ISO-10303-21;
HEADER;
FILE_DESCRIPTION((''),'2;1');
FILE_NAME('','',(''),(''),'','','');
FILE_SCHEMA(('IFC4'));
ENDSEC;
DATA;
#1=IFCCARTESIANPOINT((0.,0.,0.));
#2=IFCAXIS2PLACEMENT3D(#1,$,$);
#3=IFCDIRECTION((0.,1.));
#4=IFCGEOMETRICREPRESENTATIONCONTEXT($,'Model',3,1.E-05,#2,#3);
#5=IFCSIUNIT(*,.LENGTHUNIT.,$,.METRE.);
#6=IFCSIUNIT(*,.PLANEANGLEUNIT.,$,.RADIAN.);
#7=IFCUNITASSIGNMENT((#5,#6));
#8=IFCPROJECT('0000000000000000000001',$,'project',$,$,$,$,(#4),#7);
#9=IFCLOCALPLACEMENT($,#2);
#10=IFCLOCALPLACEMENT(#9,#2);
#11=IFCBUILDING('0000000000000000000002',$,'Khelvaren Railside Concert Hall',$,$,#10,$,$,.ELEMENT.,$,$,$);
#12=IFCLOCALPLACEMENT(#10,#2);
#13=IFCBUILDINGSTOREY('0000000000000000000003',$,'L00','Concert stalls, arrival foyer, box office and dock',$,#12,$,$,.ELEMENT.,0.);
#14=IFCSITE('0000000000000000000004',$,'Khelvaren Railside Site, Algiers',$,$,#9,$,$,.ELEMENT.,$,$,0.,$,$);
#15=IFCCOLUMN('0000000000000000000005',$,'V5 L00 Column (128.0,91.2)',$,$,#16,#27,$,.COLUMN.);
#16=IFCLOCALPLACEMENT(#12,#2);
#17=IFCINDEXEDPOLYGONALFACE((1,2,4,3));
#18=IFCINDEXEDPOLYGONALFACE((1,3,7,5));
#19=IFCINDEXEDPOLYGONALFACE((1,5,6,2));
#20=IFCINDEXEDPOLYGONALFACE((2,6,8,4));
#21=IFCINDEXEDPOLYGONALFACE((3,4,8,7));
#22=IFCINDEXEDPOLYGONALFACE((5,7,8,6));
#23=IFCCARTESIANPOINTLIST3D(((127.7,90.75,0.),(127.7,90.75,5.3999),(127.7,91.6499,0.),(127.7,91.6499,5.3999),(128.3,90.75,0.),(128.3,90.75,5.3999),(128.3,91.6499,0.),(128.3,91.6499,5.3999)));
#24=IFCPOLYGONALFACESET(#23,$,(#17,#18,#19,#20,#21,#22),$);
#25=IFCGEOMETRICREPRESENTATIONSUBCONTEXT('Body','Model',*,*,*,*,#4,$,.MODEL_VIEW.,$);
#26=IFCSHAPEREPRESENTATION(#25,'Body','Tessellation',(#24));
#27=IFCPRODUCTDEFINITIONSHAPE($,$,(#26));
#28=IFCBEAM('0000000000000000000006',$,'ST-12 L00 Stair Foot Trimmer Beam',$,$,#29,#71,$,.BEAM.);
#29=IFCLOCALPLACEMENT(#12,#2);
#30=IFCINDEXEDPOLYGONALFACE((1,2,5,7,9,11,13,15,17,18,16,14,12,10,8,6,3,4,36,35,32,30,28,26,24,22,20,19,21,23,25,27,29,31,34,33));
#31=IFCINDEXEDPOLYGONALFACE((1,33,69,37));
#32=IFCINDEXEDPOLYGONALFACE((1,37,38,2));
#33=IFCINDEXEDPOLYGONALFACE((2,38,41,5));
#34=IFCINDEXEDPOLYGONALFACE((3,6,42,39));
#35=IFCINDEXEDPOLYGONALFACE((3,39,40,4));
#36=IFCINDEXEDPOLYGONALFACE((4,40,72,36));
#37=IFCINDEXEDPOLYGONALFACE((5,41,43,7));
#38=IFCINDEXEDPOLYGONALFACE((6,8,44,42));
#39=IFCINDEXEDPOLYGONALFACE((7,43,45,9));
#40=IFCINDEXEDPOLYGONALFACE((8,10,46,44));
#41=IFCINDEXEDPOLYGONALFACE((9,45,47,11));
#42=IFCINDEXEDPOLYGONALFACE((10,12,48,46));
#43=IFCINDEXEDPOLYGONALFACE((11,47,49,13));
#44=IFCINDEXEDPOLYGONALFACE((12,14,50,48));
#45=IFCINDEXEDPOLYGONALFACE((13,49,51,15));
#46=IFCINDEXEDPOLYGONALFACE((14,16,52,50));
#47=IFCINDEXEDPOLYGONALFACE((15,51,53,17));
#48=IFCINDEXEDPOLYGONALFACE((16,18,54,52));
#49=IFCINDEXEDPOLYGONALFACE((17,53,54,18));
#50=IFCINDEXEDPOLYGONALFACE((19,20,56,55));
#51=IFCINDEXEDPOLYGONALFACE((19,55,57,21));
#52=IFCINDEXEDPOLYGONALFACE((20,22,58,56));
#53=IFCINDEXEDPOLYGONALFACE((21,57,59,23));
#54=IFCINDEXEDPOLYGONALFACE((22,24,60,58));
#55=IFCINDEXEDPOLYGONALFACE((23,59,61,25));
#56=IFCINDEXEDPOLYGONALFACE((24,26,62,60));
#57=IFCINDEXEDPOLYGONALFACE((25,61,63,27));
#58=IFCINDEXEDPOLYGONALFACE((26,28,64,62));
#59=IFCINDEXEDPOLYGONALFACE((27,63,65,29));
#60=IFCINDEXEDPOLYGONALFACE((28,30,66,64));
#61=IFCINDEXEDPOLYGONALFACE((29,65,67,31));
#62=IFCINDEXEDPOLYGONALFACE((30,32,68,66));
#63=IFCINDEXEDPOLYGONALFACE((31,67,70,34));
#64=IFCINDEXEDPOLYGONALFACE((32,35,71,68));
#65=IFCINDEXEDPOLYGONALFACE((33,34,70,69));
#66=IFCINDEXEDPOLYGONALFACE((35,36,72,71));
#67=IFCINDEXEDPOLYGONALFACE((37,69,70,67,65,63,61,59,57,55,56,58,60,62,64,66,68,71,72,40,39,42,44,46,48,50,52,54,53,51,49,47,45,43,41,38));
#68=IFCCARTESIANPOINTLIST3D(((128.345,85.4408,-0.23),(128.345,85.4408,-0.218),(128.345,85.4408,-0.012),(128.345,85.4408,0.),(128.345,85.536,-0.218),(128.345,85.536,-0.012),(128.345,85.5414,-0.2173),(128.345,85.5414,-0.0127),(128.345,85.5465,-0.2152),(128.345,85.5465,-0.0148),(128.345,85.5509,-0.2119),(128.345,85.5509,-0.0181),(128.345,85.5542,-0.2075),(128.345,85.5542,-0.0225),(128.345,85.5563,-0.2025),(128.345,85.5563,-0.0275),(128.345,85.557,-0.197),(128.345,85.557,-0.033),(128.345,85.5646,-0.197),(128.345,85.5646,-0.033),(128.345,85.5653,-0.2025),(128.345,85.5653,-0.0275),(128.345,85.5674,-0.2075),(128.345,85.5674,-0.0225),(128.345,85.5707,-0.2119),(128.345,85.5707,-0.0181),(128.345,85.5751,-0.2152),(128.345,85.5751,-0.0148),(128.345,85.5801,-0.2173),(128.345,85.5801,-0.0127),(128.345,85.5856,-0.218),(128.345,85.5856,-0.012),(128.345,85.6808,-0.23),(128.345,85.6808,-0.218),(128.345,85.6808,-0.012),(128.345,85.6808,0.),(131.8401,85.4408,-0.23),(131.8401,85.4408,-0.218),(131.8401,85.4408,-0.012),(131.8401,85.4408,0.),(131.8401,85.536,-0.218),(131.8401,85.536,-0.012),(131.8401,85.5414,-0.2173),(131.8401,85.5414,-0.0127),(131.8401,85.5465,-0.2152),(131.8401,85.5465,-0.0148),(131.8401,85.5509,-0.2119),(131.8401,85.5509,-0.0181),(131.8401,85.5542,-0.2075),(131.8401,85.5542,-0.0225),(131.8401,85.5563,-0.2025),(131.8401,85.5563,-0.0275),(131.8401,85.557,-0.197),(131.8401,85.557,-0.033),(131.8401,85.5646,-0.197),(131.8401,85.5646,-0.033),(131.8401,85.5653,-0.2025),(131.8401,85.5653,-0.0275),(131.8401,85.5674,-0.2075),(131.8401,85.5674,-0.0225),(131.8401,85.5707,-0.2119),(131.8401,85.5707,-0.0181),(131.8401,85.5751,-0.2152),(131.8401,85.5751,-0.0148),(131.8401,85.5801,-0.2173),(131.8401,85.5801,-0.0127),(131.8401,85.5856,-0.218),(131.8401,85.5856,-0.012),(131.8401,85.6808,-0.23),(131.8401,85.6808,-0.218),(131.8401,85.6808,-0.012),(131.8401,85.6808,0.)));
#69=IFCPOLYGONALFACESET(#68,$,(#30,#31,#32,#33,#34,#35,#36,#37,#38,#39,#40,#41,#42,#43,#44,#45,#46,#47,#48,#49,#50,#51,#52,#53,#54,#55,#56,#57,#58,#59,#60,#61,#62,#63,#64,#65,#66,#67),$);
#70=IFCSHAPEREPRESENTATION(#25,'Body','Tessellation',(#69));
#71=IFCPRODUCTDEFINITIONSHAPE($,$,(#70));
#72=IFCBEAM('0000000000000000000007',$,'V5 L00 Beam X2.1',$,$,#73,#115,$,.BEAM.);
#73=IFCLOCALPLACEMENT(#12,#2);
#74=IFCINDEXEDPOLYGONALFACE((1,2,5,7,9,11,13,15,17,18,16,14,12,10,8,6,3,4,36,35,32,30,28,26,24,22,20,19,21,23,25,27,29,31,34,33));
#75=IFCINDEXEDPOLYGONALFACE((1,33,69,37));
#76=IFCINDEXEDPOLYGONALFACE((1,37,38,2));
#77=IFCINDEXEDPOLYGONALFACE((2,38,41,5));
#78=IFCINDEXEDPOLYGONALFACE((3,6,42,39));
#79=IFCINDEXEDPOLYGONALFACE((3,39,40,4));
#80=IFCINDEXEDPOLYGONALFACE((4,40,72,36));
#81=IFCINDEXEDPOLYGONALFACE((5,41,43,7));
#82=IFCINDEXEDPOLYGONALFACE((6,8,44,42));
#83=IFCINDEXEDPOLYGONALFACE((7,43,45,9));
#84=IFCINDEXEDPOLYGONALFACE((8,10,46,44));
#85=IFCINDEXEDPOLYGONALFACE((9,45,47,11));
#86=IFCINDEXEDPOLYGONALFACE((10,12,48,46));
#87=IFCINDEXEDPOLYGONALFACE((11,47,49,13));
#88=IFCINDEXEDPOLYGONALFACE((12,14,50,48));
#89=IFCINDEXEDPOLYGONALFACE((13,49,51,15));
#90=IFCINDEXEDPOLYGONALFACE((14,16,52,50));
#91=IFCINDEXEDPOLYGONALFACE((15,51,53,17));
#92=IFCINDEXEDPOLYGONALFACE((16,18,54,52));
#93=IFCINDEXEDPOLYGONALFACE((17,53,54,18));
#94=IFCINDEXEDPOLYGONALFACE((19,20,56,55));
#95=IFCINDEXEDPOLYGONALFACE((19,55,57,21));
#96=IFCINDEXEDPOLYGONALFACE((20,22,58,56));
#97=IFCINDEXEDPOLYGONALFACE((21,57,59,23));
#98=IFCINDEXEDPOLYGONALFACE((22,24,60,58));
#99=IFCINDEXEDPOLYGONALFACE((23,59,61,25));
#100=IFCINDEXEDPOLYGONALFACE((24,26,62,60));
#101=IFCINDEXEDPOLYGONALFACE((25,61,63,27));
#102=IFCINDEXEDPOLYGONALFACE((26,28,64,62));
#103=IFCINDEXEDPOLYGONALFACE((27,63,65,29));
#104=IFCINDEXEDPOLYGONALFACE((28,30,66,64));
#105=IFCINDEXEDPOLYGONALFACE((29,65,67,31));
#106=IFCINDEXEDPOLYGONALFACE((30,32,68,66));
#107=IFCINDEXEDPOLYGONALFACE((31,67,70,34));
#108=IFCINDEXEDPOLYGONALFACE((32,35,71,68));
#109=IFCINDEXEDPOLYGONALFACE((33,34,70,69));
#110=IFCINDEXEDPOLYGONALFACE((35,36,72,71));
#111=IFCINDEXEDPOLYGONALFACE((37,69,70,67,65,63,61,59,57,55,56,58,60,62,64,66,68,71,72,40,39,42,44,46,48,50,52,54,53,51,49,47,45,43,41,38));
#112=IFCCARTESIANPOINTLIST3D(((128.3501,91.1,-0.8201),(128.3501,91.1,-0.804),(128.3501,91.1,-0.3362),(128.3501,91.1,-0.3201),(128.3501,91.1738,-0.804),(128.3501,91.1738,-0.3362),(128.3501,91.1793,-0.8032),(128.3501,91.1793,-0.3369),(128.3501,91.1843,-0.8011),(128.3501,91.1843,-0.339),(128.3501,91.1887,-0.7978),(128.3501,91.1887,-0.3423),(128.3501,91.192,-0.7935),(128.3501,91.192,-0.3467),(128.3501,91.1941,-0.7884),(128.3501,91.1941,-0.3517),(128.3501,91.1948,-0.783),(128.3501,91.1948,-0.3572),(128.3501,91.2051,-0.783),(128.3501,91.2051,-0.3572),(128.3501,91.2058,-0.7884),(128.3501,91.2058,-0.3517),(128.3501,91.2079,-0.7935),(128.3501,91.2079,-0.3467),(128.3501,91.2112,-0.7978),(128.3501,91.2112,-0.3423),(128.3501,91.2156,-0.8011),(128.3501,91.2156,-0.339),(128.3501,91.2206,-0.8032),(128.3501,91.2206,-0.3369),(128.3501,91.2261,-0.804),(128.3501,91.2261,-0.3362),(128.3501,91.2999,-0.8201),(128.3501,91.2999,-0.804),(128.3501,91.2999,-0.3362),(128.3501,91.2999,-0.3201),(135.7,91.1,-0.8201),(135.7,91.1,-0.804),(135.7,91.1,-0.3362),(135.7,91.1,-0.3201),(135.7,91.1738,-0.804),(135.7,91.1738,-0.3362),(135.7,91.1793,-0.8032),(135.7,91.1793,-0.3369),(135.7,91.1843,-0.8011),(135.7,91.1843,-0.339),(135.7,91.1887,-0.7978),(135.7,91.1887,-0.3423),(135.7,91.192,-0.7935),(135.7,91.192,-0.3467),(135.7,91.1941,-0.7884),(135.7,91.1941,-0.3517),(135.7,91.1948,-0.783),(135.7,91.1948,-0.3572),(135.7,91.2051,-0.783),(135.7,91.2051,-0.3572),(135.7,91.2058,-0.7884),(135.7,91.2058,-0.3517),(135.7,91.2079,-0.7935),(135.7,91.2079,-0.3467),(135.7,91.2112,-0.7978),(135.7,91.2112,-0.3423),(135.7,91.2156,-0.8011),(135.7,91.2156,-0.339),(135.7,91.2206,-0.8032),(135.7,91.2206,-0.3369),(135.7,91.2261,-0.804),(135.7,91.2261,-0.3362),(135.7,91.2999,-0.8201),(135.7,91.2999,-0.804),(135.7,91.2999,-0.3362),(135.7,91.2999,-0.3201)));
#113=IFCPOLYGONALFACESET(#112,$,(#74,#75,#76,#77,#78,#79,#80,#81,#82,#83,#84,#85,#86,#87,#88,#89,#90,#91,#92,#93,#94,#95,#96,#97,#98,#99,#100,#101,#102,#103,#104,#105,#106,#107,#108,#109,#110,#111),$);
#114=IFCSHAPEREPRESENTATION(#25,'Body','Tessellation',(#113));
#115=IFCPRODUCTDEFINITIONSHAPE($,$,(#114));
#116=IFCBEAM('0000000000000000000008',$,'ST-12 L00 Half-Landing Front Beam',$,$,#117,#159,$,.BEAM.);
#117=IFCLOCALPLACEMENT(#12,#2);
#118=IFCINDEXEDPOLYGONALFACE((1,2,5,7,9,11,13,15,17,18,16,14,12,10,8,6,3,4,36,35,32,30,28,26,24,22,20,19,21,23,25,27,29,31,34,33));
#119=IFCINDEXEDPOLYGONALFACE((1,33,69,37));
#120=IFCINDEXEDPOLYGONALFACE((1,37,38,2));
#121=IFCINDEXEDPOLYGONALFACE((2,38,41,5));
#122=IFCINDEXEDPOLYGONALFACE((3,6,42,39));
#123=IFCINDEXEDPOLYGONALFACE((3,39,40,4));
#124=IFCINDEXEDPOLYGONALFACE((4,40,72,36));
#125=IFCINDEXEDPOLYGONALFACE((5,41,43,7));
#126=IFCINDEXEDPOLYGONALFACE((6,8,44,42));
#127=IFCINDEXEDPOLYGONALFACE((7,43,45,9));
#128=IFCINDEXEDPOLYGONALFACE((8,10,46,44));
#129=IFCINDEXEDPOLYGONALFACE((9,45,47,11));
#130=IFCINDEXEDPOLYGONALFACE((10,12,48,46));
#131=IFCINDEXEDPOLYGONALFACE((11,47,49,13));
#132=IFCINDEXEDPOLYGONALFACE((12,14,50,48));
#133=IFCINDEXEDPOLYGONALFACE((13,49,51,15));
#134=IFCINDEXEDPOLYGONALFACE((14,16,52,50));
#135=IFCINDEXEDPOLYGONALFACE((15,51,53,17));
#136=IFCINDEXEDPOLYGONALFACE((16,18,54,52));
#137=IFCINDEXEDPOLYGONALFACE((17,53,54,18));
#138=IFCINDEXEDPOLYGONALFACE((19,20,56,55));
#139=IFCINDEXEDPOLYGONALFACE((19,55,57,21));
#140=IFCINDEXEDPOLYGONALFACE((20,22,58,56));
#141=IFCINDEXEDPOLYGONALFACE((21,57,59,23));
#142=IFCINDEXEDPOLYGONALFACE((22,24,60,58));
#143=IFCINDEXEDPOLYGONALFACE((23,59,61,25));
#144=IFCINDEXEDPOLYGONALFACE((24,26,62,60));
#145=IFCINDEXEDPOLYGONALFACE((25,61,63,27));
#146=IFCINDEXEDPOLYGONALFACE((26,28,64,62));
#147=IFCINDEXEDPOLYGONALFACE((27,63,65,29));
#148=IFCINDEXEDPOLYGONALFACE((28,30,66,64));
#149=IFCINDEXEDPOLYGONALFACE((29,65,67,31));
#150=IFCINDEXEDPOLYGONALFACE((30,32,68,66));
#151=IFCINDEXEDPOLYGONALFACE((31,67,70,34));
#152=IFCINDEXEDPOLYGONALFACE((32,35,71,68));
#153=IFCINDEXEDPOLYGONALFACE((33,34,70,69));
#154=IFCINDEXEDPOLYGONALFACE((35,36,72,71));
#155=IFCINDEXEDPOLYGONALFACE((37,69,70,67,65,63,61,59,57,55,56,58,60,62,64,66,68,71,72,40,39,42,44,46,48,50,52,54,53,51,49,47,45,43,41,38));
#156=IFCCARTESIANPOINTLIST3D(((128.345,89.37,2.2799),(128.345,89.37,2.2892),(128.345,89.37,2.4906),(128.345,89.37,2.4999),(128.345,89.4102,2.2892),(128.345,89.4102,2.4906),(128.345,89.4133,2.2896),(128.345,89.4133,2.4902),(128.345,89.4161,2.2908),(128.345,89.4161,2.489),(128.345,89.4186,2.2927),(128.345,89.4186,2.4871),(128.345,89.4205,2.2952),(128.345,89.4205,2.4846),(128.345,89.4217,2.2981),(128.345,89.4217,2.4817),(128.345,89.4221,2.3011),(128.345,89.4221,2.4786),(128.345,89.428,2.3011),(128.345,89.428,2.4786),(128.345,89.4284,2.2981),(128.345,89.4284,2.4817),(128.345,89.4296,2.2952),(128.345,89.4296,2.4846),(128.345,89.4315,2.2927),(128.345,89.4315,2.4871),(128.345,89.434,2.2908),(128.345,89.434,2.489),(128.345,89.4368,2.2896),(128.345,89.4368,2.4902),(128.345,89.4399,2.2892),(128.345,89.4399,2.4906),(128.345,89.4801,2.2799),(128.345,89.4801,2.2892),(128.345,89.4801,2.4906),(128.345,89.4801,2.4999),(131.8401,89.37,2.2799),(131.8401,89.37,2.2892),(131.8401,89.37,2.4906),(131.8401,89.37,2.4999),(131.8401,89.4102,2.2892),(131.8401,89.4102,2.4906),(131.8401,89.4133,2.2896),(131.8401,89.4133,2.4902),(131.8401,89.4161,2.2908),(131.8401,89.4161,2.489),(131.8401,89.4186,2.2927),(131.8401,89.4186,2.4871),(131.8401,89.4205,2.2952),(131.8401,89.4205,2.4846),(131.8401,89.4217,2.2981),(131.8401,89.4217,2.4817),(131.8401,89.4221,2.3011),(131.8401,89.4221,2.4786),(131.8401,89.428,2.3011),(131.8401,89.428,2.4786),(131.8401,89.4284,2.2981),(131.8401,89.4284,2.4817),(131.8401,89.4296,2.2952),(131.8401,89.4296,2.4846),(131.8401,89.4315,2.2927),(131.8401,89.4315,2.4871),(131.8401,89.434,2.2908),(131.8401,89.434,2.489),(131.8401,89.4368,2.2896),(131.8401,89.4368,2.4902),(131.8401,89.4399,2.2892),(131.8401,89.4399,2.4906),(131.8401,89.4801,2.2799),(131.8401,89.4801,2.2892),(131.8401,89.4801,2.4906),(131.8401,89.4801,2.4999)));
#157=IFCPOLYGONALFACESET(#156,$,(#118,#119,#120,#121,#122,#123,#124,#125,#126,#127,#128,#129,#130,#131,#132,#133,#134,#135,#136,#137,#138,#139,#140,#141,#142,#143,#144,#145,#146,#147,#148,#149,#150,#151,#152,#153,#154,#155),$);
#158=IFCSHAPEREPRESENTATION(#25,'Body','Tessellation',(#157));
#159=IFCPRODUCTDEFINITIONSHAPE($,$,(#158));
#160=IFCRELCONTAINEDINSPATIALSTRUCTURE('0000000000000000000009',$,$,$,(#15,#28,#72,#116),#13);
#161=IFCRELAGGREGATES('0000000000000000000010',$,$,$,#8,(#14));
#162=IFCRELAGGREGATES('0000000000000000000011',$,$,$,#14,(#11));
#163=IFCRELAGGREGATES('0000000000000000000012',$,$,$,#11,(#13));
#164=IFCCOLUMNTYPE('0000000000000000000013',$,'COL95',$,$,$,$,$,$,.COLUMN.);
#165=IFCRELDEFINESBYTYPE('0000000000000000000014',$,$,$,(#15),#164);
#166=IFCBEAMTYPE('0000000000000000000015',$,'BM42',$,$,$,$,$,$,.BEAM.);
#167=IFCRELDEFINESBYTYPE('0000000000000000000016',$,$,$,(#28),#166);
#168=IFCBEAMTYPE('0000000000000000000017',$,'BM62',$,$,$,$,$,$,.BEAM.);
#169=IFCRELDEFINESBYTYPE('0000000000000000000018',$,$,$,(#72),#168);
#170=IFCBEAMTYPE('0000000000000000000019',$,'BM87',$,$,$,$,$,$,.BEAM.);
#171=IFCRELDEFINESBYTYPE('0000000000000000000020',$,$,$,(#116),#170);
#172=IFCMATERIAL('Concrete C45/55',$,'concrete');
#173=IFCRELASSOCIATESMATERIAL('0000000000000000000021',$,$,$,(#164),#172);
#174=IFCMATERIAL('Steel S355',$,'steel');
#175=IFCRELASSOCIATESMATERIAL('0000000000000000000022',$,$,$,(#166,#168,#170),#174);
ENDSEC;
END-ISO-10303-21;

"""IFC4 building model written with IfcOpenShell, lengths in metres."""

from ifc_helpers import new_model, si_unit, direction, frame, origin, origin_2d, place, context, subcontext, project, spatial, rectangle, i_section, extrude, material, material_profile, profile_set, type_object, element, save


model = new_model("IFC4")

# Units and contexts
model_context = context("Model", 3, precision=1e-05, world=origin(), true_north=direction((0.0, 1.0)))
body_context = subcontext(model_context, "Body", "Model", "MODEL_VIEW")
ifc_project = project(units=[si_unit("LENGTHUNIT", "METRE"), si_unit("PLANEANGLEUNIT", "RADIAN")], contexts=[model_context])

# Site, building, storey
site_placement = place(None, origin())
site = spatial("IfcSite", under=ifc_project, at=site_placement, Name="Khelvaren Railside Site, Algiers", CompositionType="ELEMENT", RefElevation=0.0)
building_placement = place(site_placement, origin())
building = spatial("IfcBuilding", under=site, at=building_placement, Name="Khelvaren Railside Concert Hall", CompositionType="ELEMENT")
storey_placement = place(building_placement, origin())
storey = spatial("IfcBuildingStorey", under=building, at=storey_placement, Name="L00", Description="Concert stalls, arrival foyer, box office and dock", CompositionType="ELEMENT", Elevation=0.0)

# Column
ifc_material_1 = material(Name="Concrete C45/55", Category="concrete")
ifc_material_profile_1 = material_profile(ifc_material_1, rectangle(XDim=0.6001, YDim=0.8999, at=origin_2d()), Name="RC 600x900")
ifc_profile_set_1 = profile_set([ifc_material_profile_1], Name="Concrete C45/55")
column_type = type_object("IfcColumnType", Name="COL95", PredefinedType="COLUMN", material=ifc_profile_set_1)
column_placement = place(storey_placement, frame((128.0, 91.2, 0.0), z_axis=(0.0, 0.0, 1.0), x_axis=(1.0, 0.0, 0.0)))
element("IfcColumn", 1, at=column_placement, inside=storey, type_object=column_type, Name="V5 L00 Column (128.0,91.2)", PredefinedType="COLUMN", context=body_context, shape_type="SweptSolid", body=[
    extrude(rectangle(XDim=0.6001, YDim=0.8999, at=origin_2d()), origin(), (0.0, 0.0, 1.0), 5.3999),
])

# Beams
ifc_material_2 = material(Name="Steel S355", Category="steel")
ifc_material_profile_2 = material_profile(ifc_material_2, i_section(OverallWidth=0.24, OverallDepth=0.23, WebThickness=0.0076, FlangeThickness=0.012, FilletRadius=0.021, at=origin_2d()), Name="HEA 240")
ifc_profile_set_2 = profile_set([ifc_material_profile_2], Name="Steel S355")
beam_type_1 = type_object("IfcBeamType", Name="BM42", PredefinedType="BEAM", material=ifc_profile_set_2)
beam_1_placement = place(storey_placement, frame((128.345, 85.5608, -0.115), z_axis=(1.0, 0.0, 0.0), x_axis=(0.0, 1.0, 0.0)))
element("IfcBeam", 2, at=beam_1_placement, inside=storey, type_object=beam_type_1, Name="ST-12 L00 Stair Foot Trimmer Beam", PredefinedType="BEAM", context=body_context, shape_type="SweptSolid", body=[
    extrude(i_section(OverallWidth=0.24, OverallDepth=0.23, WebThickness=0.0076, FlangeThickness=0.012, FilletRadius=0.021, at=origin_2d()), origin(), (0.0, 0.0, 1.0), 3.4951),
])
ifc_material_profile_3 = material_profile(ifc_material_2, i_section(OverallWidth=0.2, OverallDepth=0.5, WebThickness=0.0103, FlangeThickness=0.0161, FilletRadius=0.021, at=origin_2d()), Name="IPE 500")
ifc_profile_set_3 = profile_set([ifc_material_profile_3], Name="Steel S355")
beam_type_2 = type_object("IfcBeamType", Name="BM62", PredefinedType="BEAM", material=ifc_profile_set_3)
beam_2_placement = place(storey_placement, frame((128.3501, 91.2, -0.5701), z_axis=(1.0, 0.0, 0.0), x_axis=(0.0, 1.0, 0.0)))
element("IfcBeam", 3, at=beam_2_placement, inside=storey, type_object=beam_type_2, Name="V5 L00 Beam X2.1", PredefinedType="BEAM", context=body_context, shape_type="SweptSolid", body=[
    extrude(i_section(OverallWidth=0.2, OverallDepth=0.5, WebThickness=0.0103, FlangeThickness=0.0161, FilletRadius=0.021, at=origin_2d()), origin(), (0.0, 0.0, 1.0), 7.3499),
])
ifc_material_profile_4 = material_profile(ifc_material_2, i_section(OverallWidth=0.1101, OverallDepth=0.22, WebThickness=0.0059, FlangeThickness=0.0093, FilletRadius=0.012, at=origin_2d()), Name="IPE 220")
ifc_profile_set_4 = profile_set([ifc_material_profile_4], Name="Steel S355")
beam_type_3 = type_object("IfcBeamType", Name="BM87", PredefinedType="BEAM", material=ifc_profile_set_4)
for number, where, z_axis, x_axis, name in (
    (4, (128.345, 89.425, 2.3899), (1.0, 0.0, 0.0), (0.0, 1.0, 0.0), "ST-12 L00 Half-Landing Front Beam"),
):
    element("IfcBeam", number, at=place(storey_placement, frame(where, z_axis=z_axis, x_axis=x_axis)), inside=storey, type_object=beam_type_3, Name=name, PredefinedType="BEAM", context=body_context, shape_type="SweptSolid", body=[
        extrude(i_section(OverallWidth=0.1101, OverallDepth=0.22, WebThickness=0.0059, FlangeThickness=0.0093, FilletRadius=0.012, at=origin_2d()), origin(), (0.0, 0.0, 1.0), 3.4951),
    ])

save(model, "model.ifc")
